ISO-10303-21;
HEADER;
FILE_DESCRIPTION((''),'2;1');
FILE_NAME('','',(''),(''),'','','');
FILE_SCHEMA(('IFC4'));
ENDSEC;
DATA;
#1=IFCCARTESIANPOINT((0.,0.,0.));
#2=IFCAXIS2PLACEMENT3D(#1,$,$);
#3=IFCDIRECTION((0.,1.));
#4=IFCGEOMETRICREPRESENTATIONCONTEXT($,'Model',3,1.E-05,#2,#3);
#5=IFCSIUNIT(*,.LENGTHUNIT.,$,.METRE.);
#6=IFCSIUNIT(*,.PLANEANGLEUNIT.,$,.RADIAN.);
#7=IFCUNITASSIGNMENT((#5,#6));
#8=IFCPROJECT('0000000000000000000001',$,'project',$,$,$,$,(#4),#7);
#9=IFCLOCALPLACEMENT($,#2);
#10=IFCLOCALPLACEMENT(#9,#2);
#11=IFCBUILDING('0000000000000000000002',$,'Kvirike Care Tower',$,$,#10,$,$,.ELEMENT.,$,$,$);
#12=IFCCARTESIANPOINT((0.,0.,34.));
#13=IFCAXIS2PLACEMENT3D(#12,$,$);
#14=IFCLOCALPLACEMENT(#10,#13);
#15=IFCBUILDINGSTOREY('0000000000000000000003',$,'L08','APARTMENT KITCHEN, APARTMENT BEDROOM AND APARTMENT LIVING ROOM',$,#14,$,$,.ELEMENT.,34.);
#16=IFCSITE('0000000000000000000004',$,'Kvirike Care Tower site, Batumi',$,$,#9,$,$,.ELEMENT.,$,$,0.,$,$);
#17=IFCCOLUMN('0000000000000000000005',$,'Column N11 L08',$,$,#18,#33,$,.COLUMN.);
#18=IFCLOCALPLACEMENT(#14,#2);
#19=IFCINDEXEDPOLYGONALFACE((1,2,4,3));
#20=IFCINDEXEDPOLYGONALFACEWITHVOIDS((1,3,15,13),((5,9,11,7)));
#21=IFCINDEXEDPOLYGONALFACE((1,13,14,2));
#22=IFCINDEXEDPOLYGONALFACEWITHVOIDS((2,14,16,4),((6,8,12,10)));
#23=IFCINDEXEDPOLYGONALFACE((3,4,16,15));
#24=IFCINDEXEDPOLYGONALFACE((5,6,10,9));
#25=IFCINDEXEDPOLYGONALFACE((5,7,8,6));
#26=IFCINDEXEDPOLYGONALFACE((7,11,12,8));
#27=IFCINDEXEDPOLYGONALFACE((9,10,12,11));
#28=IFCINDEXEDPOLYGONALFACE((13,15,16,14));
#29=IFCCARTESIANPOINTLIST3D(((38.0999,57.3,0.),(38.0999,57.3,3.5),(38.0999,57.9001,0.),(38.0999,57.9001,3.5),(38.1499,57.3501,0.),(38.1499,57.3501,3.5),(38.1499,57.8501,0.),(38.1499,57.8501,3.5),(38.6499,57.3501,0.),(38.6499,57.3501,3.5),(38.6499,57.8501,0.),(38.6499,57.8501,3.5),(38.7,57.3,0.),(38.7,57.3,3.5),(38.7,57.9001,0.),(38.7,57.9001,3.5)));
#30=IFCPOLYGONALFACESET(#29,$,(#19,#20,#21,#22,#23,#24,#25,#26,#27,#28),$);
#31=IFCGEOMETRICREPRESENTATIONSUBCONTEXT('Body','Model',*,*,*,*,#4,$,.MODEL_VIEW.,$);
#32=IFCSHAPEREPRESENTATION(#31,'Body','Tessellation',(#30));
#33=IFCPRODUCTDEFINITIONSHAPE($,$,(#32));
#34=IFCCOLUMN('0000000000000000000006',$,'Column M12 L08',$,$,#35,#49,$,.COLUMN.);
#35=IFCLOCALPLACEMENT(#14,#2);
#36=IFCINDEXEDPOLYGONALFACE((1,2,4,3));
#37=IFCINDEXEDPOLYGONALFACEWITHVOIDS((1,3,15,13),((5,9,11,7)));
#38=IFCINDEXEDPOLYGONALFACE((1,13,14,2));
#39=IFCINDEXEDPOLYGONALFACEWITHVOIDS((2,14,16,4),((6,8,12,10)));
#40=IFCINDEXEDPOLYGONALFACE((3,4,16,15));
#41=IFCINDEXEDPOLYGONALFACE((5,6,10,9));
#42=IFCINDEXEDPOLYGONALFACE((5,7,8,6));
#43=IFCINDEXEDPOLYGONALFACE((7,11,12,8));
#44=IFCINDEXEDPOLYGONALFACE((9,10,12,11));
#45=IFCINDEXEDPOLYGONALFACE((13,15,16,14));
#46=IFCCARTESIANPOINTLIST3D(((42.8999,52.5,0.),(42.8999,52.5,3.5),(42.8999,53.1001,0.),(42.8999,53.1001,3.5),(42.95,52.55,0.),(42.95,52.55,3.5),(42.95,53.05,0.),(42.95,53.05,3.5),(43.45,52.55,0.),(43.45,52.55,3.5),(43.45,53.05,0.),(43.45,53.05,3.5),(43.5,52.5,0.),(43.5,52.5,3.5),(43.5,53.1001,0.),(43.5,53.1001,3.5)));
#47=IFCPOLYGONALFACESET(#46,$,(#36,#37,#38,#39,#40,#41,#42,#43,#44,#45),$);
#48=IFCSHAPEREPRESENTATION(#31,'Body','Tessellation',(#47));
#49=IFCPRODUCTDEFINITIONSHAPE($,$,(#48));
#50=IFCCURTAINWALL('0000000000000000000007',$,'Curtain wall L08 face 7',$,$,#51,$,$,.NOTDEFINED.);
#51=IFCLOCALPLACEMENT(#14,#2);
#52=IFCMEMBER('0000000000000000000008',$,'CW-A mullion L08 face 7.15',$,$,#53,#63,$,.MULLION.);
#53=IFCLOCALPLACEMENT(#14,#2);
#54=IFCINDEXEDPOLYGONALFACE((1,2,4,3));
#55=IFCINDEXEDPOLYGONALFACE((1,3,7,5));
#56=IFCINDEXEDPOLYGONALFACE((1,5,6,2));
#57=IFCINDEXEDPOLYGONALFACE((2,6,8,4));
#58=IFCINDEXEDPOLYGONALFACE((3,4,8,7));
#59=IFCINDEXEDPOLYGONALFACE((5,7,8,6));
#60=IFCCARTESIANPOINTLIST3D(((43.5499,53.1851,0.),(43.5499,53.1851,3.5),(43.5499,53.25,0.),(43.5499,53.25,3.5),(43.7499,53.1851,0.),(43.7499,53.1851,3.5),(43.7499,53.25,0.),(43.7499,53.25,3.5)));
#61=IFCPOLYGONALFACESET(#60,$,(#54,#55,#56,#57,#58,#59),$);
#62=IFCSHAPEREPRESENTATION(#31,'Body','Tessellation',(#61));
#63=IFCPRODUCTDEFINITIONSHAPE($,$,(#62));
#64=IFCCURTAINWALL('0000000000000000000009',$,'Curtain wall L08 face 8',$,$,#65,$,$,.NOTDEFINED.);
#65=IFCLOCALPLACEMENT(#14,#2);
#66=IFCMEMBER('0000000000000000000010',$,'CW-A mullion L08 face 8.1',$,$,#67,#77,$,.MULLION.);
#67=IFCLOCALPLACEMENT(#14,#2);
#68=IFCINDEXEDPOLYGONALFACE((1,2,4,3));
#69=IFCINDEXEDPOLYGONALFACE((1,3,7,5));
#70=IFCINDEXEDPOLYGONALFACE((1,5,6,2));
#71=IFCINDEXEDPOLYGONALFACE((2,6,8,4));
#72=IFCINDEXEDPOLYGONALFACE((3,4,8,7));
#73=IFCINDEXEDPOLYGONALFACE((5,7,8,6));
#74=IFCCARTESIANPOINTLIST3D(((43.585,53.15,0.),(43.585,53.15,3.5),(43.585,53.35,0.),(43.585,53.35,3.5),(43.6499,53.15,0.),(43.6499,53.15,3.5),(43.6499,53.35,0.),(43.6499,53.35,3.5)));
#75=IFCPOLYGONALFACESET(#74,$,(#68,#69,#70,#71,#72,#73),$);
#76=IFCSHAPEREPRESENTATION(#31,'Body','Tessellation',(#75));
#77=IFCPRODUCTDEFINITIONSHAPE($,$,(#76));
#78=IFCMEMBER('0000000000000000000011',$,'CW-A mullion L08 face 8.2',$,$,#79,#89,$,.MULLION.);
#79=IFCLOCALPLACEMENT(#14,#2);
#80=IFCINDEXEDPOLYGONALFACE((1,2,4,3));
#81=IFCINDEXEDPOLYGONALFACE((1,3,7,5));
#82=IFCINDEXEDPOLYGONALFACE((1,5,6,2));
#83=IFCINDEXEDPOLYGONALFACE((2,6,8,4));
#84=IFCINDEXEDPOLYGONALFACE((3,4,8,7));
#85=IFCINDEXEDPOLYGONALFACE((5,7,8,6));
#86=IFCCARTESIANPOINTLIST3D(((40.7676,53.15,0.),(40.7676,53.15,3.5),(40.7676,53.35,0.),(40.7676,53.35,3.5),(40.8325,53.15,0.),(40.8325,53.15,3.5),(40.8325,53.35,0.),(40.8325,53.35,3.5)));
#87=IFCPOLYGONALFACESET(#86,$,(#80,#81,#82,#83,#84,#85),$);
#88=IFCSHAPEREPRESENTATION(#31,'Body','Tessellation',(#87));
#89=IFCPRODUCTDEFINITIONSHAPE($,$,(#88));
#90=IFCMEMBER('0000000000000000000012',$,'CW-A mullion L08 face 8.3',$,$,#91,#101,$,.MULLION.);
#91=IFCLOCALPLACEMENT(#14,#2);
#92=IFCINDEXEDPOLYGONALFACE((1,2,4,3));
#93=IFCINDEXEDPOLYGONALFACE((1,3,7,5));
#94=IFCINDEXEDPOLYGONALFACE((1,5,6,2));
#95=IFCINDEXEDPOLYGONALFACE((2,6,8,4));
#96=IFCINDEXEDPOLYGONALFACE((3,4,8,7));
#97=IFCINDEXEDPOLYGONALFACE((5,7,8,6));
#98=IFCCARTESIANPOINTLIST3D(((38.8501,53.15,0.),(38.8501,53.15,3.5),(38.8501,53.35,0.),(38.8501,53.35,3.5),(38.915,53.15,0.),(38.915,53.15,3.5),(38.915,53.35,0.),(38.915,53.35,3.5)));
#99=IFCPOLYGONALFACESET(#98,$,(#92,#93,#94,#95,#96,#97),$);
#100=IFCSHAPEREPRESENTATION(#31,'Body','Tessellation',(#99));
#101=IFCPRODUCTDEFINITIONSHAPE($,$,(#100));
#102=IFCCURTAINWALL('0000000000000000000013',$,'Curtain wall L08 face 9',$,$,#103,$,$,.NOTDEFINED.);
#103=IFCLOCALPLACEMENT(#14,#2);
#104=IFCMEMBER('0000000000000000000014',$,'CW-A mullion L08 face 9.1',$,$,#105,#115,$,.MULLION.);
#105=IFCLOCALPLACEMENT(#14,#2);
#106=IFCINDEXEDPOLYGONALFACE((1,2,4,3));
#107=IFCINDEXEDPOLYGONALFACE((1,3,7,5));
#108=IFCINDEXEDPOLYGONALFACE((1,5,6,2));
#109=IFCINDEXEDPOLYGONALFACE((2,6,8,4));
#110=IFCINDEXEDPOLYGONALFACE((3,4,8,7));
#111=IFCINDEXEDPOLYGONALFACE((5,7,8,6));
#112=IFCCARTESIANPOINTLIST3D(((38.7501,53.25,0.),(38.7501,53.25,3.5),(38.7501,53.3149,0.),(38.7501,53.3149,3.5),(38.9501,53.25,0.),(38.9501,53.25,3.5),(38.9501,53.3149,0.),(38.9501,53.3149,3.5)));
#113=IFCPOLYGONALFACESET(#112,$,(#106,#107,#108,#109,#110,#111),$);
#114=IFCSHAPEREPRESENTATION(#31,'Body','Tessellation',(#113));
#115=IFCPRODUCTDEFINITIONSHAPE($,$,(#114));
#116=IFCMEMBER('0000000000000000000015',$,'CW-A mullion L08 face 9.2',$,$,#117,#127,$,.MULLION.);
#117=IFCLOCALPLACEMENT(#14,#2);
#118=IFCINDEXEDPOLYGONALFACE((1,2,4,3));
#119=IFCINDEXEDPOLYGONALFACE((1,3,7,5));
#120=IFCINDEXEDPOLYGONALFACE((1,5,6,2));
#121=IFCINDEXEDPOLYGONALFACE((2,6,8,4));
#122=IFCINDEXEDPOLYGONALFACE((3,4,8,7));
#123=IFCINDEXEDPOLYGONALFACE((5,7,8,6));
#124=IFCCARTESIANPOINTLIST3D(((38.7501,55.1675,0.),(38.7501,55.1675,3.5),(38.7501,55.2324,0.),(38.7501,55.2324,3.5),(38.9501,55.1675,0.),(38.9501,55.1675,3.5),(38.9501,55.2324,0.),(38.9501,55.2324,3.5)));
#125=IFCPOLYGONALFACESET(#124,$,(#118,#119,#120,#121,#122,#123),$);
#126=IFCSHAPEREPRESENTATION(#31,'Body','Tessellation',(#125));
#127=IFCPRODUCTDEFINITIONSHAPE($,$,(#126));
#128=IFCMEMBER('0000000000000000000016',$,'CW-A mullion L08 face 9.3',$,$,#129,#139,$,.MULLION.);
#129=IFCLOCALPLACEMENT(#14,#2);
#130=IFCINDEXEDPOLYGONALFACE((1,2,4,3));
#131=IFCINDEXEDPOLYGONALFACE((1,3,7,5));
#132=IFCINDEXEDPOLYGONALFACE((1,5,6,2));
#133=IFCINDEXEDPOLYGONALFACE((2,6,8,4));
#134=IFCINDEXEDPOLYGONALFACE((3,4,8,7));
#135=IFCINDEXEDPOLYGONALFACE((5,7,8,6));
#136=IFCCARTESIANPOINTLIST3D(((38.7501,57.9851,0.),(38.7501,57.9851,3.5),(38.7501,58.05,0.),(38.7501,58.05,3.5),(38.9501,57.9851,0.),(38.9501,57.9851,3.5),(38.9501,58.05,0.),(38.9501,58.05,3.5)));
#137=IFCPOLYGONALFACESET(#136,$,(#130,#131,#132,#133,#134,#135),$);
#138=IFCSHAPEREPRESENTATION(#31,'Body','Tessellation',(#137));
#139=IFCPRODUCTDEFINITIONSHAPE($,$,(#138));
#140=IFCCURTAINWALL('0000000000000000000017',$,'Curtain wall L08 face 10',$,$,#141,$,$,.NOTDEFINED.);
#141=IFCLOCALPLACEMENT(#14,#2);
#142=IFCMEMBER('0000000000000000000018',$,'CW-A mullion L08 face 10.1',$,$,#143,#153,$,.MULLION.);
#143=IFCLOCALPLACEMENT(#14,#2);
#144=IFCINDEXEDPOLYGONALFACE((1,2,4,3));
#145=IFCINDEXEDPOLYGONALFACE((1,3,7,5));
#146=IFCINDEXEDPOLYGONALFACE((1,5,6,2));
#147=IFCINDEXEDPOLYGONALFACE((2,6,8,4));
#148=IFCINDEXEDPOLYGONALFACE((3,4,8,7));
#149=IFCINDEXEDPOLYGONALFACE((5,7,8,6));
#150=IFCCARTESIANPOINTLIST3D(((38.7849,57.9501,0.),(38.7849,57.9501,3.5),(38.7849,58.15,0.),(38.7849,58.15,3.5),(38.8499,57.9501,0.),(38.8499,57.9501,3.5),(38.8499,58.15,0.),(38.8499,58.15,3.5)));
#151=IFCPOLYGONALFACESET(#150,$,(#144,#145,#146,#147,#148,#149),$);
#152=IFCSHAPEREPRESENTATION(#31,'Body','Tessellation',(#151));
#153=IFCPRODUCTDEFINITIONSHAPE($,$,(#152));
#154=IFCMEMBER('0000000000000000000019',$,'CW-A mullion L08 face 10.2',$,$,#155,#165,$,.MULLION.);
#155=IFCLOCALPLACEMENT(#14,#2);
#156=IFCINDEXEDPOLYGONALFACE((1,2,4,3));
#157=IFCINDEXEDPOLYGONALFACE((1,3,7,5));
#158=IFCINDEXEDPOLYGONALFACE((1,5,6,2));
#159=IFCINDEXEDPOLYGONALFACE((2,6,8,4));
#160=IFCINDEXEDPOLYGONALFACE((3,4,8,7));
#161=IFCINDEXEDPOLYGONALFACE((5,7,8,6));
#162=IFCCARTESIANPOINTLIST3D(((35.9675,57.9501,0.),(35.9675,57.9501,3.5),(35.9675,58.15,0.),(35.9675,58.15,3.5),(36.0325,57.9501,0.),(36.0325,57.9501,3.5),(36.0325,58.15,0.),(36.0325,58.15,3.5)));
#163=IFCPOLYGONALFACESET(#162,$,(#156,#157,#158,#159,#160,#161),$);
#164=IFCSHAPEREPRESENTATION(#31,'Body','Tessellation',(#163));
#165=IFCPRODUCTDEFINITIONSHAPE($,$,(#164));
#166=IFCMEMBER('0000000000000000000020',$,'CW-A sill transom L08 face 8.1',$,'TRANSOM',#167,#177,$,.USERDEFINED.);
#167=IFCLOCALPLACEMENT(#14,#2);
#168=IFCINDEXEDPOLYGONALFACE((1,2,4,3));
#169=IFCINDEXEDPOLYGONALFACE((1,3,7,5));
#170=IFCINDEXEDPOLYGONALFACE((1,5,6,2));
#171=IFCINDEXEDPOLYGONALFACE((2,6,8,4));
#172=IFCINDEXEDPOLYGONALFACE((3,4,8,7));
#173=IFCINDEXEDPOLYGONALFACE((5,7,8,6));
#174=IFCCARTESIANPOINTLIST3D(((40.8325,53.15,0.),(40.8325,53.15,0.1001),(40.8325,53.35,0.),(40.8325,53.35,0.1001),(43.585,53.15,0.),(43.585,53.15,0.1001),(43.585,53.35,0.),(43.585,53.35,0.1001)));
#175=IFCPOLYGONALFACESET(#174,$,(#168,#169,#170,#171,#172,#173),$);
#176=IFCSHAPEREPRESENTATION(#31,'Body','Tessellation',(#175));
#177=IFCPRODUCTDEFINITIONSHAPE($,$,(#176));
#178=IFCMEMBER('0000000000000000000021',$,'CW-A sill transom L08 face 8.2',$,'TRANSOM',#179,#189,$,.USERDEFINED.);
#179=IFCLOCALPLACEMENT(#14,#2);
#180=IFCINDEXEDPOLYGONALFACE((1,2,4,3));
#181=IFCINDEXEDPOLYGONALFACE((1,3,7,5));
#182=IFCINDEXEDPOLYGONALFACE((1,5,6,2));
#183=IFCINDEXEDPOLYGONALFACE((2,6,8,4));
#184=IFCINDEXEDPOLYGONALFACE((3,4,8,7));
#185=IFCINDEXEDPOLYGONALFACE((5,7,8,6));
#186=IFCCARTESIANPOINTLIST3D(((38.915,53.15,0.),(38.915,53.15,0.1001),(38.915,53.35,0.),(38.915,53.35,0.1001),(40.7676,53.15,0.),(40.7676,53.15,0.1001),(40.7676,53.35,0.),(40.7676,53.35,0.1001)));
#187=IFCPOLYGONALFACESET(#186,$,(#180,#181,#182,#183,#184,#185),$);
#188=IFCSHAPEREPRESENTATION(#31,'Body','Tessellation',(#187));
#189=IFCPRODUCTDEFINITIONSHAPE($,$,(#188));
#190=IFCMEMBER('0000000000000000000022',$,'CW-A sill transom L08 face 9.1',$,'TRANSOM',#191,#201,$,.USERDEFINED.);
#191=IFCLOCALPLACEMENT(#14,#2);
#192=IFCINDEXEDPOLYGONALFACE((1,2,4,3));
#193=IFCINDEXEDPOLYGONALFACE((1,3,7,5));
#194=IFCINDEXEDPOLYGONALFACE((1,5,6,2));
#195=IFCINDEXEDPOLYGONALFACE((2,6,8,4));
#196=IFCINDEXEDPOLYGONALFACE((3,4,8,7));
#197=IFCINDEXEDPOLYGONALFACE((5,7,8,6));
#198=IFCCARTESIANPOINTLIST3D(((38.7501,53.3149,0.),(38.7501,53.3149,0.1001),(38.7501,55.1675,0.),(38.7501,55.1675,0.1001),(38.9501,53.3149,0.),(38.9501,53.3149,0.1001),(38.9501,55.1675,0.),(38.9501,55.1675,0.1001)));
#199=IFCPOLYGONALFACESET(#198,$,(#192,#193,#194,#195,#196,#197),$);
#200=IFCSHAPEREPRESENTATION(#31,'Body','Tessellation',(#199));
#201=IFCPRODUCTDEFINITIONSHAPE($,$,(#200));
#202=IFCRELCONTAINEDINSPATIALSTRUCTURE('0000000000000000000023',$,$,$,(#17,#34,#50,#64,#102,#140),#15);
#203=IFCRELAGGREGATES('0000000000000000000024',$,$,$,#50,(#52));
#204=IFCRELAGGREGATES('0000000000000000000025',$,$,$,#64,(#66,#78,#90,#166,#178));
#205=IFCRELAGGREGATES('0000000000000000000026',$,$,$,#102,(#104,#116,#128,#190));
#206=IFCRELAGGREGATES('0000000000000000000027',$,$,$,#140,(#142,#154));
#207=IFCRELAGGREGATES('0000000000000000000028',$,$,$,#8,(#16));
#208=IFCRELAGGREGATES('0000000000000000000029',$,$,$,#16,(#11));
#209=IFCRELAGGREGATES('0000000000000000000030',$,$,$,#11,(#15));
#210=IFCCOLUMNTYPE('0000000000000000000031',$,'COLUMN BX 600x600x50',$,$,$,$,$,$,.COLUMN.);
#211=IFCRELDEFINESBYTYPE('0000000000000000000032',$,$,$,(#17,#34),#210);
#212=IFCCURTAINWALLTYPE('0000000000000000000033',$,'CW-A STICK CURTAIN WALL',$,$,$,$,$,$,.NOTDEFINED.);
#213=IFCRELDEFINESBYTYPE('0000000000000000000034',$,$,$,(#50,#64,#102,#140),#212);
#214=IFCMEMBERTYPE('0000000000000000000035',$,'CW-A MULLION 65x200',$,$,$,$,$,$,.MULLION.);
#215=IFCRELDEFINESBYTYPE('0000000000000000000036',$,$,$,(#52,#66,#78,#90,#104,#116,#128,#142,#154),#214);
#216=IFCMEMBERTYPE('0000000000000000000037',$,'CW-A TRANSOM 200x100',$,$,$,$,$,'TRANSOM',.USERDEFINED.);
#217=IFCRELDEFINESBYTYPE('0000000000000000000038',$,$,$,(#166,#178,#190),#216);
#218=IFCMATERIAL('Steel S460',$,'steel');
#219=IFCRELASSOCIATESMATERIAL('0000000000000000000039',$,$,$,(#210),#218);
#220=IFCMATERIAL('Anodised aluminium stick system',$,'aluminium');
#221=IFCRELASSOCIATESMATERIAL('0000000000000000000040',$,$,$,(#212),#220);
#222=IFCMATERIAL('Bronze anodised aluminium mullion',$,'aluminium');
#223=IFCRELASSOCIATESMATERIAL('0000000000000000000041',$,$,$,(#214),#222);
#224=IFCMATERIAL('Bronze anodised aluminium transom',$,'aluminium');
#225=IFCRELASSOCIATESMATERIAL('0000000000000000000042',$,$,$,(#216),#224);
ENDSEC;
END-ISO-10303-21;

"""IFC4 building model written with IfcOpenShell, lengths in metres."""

from ifc_helpers import new_model, si_unit, direction, frame, origin, origin_2d, place, context, subcontext, project, spatial, rectangle, hollow_rectangle, extrude, material, material_profile, profile_set, type_object, element, aggregate, save


model = new_model("IFC4")

# Units and contexts
model_context = context("Model", 3, precision=1e-05, world=origin(), true_north=direction((0.0, 1.0)))
body_context = subcontext(model_context, "Body", "Model", "MODEL_VIEW")
ifc_project = project(units=[si_unit("LENGTHUNIT", "METRE"), si_unit("PLANEANGLEUNIT", "RADIAN")], contexts=[model_context])

# Site, building, storey
site_placement = place(None, origin())
site = spatial("IfcSite", under=ifc_project, at=site_placement, Name="Kvirike Care Tower site, Batumi", CompositionType="ELEMENT", RefElevation=0.0)
building_placement = place(site_placement, origin())
building = spatial("IfcBuilding", under=site, at=building_placement, Name="Kvirike Care Tower", CompositionType="ELEMENT")
storey_placement = place(building_placement, frame((0.0, 0.0, 34.0)))
storey = spatial("IfcBuildingStorey", under=building, at=storey_placement, Name="L08", Description="APARTMENT KITCHEN, APARTMENT BEDROOM AND APARTMENT LIVING ROOM", CompositionType="ELEMENT", Elevation=34.0)

# Columns
ifc_material_1 = material(Name="Steel S460", Category="steel")
ifc_material_profile_1 = material_profile(ifc_material_1, hollow_rectangle(XDim=0.6001, YDim=0.6001, WallThickness=0.05, at=origin_2d()), Name="BX 600x600x50")
ifc_profile_set_1 = profile_set([ifc_material_profile_1], Name="Steel S460")
column_type = type_object("IfcColumnType", Name="COLUMN BX 600x600x50", PredefinedType="COLUMN", material=ifc_profile_set_1)
for number, where, z_axis, x_axis, name in (
    (1, (38.3999, 57.6001, 0.0), (0.0, 0.0, 1.0), (0.0, 1.0, 0.0), "Column N11 L08"),
    (2, (43.2, 52.8, 0.0), (0.0, 0.0, 1.0), (0.0, 1.0, 0.0), "Column M12 L08"),
):
    element("IfcColumn", number, at=place(storey_placement, frame(where, z_axis=z_axis, x_axis=x_axis)), inside=storey, type_object=column_type, Name=name, PredefinedType="COLUMN", context=body_context, shape_type="SweptSolid", body=[
        extrude(hollow_rectangle(XDim=0.6001, YDim=0.6001, WallThickness=0.05, at=origin_2d()), origin(), (0.0, 0.0, 1.0), 3.5),
    ])

# Curtain wall, member
ifc_material_2 = material(Name="Anodised aluminium stick system", Category="aluminium")
curtain_wall_type = type_object("IfcCurtainWallType", Name="CW-A STICK CURTAIN WALL", PredefinedType="NOTDEFINED", material=ifc_material_2)
curtain_wall_1_placement = place(storey_placement, origin())
curtain_wall_1 = element("IfcCurtainWall", 3, at=curtain_wall_1_placement, inside=storey, type_object=curtain_wall_type, Name="Curtain wall L08 face 7", PredefinedType="NOTDEFINED")
ifc_material_3 = material(Name="Bronze anodised aluminium mullion", Category="aluminium")
ifc_material_profile_2 = material_profile(ifc_material_3, rectangle(XDim=0.0649, YDim=0.2, at=origin_2d()), Name="CW-A MULLION 65x200")
ifc_profile_set_2 = profile_set([ifc_material_profile_2], Name="Bronze anodised aluminium mullion")
member_type_1 = type_object("IfcMemberType", Name="CW-A MULLION 65x200", PredefinedType="MULLION", material=ifc_profile_set_2)
member_1_placement = place(storey_placement, frame((43.6499, 53.2175, 0.0), z_axis=(0.0, 0.0, 1.0), x_axis=(0.0, 1.0, 0.0)))
member_1 = element("IfcMember", 4, at=member_1_placement, type_object=member_type_1, Name="CW-A mullion L08 face 7.15", PredefinedType="MULLION", context=body_context, shape_type="SweptSolid", body=[
    extrude(rectangle(XDim=0.0649, YDim=0.2, at=origin_2d()), origin(), (0.0, 0.0, 1.0), 3.5),
])
aggregate(curtain_wall_1, [member_1])

# Curtain walls, members
curtain_wall_2_placement = place(storey_placement, origin())
curtain_wall_2 = element("IfcCurtainWall", 5, at=curtain_wall_2_placement, inside=storey, type_object=curtain_wall_type, Name="Curtain wall L08 face 8", PredefinedType="NOTDEFINED")
member_2_placement = place(storey_placement, frame((43.6174, 53.25, 0.0), z_axis=(0.0, 0.0, 1.0), x_axis=(-1.0, 0.0, 0.0)))
member_2 = element("IfcMember", 6, at=member_2_placement, type_object=member_type_1, Name="CW-A mullion L08 face 8.1", PredefinedType="MULLION", context=body_context, shape_type="SweptSolid", body=[
    extrude(rectangle(XDim=0.0649, YDim=0.2, at=origin_2d()), origin(), (0.0, 0.0, 1.0), 3.5),
])
member_3_placement = place(storey_placement, frame((40.8, 53.25, 0.0), z_axis=(0.0, 0.0, 1.0), x_axis=(-1.0, 0.0, 0.0)))
member_3 = element("IfcMember", 7, at=member_3_placement, type_object=member_type_1, Name="CW-A mullion L08 face 8.2", PredefinedType="MULLION", context=body_context, shape_type="SweptSolid", body=[
    extrude(rectangle(XDim=0.0649, YDim=0.2, at=origin_2d()), origin(), (0.0, 0.0, 1.0), 3.5),
])
member_4_placement = place(storey_placement, frame((38.8826, 53.25, 0.0), z_axis=(0.0, 0.0, 1.0), x_axis=(-1.0, 0.0, 0.0)))
member_4 = element("IfcMember", 8, at=member_4_placement, type_object=member_type_1, Name="CW-A mullion L08 face 8.3", PredefinedType="MULLION", context=body_context, shape_type="SweptSolid", body=[
    extrude(rectangle(XDim=0.0649, YDim=0.2, at=origin_2d()), origin(), (0.0, 0.0, 1.0), 3.5),
])
curtain_wall_3_placement = place(storey_placement, origin())
curtain_wall_3 = element("IfcCurtainWall", 9, at=curtain_wall_3_placement, inside=storey, type_object=curtain_wall_type, Name="Curtain wall L08 face 9", PredefinedType="NOTDEFINED")
member_5_placement = place(storey_placement, frame((38.8501, 53.2825, 0.0), z_axis=(0.0, 0.0, 1.0), x_axis=(0.0, 1.0, 0.0)))
member_5 = element("IfcMember", 10, at=member_5_placement, type_object=member_type_1, Name="CW-A mullion L08 face 9.1", PredefinedType="MULLION", context=body_context, shape_type="SweptSolid", body=[
    extrude(rectangle(XDim=0.0649, YDim=0.2, at=origin_2d()), origin(), (0.0, 0.0, 1.0), 3.5),
])
member_6_placement = place(storey_placement, frame((38.8501, 55.2, 0.0), z_axis=(0.0, 0.0, 1.0), x_axis=(0.0, 1.0, 0.0)))
member_6 = element("IfcMember", 11, at=member_6_placement, type_object=member_type_1, Name="CW-A mullion L08 face 9.2", PredefinedType="MULLION", context=body_context, shape_type="SweptSolid", body=[
    extrude(rectangle(XDim=0.0649, YDim=0.2, at=origin_2d()), origin(), (0.0, 0.0, 1.0), 3.5),
])
member_7_placement = place(storey_placement, frame((38.8501, 58.0176, 0.0), z_axis=(0.0, 0.0, 1.0), x_axis=(0.0, 1.0, 0.0)))
member_7 = element("IfcMember", 12, at=member_7_placement, type_object=member_type_1, Name="CW-A mullion L08 face 9.3", PredefinedType="MULLION", context=body_context, shape_type="SweptSolid", body=[
    extrude(rectangle(XDim=0.0649, YDim=0.2, at=origin_2d()), origin(), (0.0, 0.0, 1.0), 3.5),
])
curtain_wall_4_placement = place(storey_placement, origin())
curtain_wall_4 = element("IfcCurtainWall", 13, at=curtain_wall_4_placement, inside=storey, type_object=curtain_wall_type, Name="Curtain wall L08 face 10", PredefinedType="NOTDEFINED")
member_8_placement = place(storey_placement, frame((38.8174, 58.05, 0.0), z_axis=(0.0, 0.0, 1.0), x_axis=(-1.0, 0.0, 0.0)))
member_8 = element("IfcMember", 14, at=member_8_placement, type_object=member_type_1, Name="CW-A mullion L08 face 10.1", PredefinedType="MULLION", context=body_context, shape_type="SweptSolid", body=[
    extrude(rectangle(XDim=0.0649, YDim=0.2, at=origin_2d()), origin(), (0.0, 0.0, 1.0), 3.5),
])
member_9_placement = place(storey_placement, frame((36.0, 58.05, 0.0), z_axis=(0.0, 0.0, 1.0), x_axis=(-1.0, 0.0, 0.0)))
member_9 = element("IfcMember", 15, at=member_9_placement, type_object=member_type_1, Name="CW-A mullion L08 face 10.2", PredefinedType="MULLION", context=body_context, shape_type="SweptSolid", body=[
    extrude(rectangle(XDim=0.0649, YDim=0.2, at=origin_2d()), origin(), (0.0, 0.0, 1.0), 3.5),
])

# Members
ifc_material_4 = material(Name="Bronze anodised aluminium transom", Category="aluminium")
ifc_material_profile_3 = material_profile(ifc_material_4, rectangle(XDim=0.2, YDim=0.1001, at=origin_2d()), Name="CW-A TRANSOM 200x100")
ifc_profile_set_3 = profile_set([ifc_material_profile_3], Name="Bronze anodised aluminium transom")
member_type_2 = type_object("IfcMemberType", Name="CW-A TRANSOM 200x100", ElementType="TRANSOM", PredefinedType="USERDEFINED", material=ifc_profile_set_3)
member_10_placement = place(storey_placement, frame((43.585, 53.25, 0.05), z_axis=(-1.0, 0.0, 0.0), x_axis=(0.0, -1.0, 0.0)))
member_10 = element("IfcMember", 16, at=member_10_placement, type_object=member_type_2, Name="CW-A sill transom L08 face 8.1", ObjectType="TRANSOM", PredefinedType="USERDEFINED", context=body_context, shape_type="SweptSolid", body=[
    extrude(rectangle(XDim=0.2, YDim=0.1001, at=origin_2d()), origin(), (0.0, 0.0, 1.0), 2.7524),
])
member_11_placement = place(storey_placement, frame((40.7676, 53.25, 0.05), z_axis=(-1.0, 0.0, 0.0), x_axis=(0.0, -1.0, 0.0)))
member_11 = element("IfcMember", 17, at=member_11_placement, type_object=member_type_2, Name="CW-A sill transom L08 face 8.2", ObjectType="TRANSOM", PredefinedType="USERDEFINED", context=body_context, shape_type="SweptSolid", body=[
    extrude(rectangle(XDim=0.2, YDim=0.1001, at=origin_2d()), origin(), (0.0, 0.0, 1.0), 1.8525),
])
member_12_placement = place(storey_placement, frame((38.8501, 53.3149, 0.05), z_axis=(0.0, 1.0, 0.0), x_axis=(-1.0, 0.0, 0.0)))
member_12 = element("IfcMember", 18, at=member_12_placement, type_object=member_type_2, Name="CW-A sill transom L08 face 9.1", ObjectType="TRANSOM", PredefinedType="USERDEFINED", context=body_context, shape_type="SweptSolid", body=[
    extrude(rectangle(XDim=0.2, YDim=0.1001, at=origin_2d()), origin(), (0.0, 0.0, 1.0), 1.8525),
])

aggregate(curtain_wall_2, [member_2, member_3, member_4, member_10, member_11])
aggregate(curtain_wall_3, [member_5, member_6, member_7, member_12])
aggregate(curtain_wall_4, [member_8, member_9])

save(model, "model.ifc")
